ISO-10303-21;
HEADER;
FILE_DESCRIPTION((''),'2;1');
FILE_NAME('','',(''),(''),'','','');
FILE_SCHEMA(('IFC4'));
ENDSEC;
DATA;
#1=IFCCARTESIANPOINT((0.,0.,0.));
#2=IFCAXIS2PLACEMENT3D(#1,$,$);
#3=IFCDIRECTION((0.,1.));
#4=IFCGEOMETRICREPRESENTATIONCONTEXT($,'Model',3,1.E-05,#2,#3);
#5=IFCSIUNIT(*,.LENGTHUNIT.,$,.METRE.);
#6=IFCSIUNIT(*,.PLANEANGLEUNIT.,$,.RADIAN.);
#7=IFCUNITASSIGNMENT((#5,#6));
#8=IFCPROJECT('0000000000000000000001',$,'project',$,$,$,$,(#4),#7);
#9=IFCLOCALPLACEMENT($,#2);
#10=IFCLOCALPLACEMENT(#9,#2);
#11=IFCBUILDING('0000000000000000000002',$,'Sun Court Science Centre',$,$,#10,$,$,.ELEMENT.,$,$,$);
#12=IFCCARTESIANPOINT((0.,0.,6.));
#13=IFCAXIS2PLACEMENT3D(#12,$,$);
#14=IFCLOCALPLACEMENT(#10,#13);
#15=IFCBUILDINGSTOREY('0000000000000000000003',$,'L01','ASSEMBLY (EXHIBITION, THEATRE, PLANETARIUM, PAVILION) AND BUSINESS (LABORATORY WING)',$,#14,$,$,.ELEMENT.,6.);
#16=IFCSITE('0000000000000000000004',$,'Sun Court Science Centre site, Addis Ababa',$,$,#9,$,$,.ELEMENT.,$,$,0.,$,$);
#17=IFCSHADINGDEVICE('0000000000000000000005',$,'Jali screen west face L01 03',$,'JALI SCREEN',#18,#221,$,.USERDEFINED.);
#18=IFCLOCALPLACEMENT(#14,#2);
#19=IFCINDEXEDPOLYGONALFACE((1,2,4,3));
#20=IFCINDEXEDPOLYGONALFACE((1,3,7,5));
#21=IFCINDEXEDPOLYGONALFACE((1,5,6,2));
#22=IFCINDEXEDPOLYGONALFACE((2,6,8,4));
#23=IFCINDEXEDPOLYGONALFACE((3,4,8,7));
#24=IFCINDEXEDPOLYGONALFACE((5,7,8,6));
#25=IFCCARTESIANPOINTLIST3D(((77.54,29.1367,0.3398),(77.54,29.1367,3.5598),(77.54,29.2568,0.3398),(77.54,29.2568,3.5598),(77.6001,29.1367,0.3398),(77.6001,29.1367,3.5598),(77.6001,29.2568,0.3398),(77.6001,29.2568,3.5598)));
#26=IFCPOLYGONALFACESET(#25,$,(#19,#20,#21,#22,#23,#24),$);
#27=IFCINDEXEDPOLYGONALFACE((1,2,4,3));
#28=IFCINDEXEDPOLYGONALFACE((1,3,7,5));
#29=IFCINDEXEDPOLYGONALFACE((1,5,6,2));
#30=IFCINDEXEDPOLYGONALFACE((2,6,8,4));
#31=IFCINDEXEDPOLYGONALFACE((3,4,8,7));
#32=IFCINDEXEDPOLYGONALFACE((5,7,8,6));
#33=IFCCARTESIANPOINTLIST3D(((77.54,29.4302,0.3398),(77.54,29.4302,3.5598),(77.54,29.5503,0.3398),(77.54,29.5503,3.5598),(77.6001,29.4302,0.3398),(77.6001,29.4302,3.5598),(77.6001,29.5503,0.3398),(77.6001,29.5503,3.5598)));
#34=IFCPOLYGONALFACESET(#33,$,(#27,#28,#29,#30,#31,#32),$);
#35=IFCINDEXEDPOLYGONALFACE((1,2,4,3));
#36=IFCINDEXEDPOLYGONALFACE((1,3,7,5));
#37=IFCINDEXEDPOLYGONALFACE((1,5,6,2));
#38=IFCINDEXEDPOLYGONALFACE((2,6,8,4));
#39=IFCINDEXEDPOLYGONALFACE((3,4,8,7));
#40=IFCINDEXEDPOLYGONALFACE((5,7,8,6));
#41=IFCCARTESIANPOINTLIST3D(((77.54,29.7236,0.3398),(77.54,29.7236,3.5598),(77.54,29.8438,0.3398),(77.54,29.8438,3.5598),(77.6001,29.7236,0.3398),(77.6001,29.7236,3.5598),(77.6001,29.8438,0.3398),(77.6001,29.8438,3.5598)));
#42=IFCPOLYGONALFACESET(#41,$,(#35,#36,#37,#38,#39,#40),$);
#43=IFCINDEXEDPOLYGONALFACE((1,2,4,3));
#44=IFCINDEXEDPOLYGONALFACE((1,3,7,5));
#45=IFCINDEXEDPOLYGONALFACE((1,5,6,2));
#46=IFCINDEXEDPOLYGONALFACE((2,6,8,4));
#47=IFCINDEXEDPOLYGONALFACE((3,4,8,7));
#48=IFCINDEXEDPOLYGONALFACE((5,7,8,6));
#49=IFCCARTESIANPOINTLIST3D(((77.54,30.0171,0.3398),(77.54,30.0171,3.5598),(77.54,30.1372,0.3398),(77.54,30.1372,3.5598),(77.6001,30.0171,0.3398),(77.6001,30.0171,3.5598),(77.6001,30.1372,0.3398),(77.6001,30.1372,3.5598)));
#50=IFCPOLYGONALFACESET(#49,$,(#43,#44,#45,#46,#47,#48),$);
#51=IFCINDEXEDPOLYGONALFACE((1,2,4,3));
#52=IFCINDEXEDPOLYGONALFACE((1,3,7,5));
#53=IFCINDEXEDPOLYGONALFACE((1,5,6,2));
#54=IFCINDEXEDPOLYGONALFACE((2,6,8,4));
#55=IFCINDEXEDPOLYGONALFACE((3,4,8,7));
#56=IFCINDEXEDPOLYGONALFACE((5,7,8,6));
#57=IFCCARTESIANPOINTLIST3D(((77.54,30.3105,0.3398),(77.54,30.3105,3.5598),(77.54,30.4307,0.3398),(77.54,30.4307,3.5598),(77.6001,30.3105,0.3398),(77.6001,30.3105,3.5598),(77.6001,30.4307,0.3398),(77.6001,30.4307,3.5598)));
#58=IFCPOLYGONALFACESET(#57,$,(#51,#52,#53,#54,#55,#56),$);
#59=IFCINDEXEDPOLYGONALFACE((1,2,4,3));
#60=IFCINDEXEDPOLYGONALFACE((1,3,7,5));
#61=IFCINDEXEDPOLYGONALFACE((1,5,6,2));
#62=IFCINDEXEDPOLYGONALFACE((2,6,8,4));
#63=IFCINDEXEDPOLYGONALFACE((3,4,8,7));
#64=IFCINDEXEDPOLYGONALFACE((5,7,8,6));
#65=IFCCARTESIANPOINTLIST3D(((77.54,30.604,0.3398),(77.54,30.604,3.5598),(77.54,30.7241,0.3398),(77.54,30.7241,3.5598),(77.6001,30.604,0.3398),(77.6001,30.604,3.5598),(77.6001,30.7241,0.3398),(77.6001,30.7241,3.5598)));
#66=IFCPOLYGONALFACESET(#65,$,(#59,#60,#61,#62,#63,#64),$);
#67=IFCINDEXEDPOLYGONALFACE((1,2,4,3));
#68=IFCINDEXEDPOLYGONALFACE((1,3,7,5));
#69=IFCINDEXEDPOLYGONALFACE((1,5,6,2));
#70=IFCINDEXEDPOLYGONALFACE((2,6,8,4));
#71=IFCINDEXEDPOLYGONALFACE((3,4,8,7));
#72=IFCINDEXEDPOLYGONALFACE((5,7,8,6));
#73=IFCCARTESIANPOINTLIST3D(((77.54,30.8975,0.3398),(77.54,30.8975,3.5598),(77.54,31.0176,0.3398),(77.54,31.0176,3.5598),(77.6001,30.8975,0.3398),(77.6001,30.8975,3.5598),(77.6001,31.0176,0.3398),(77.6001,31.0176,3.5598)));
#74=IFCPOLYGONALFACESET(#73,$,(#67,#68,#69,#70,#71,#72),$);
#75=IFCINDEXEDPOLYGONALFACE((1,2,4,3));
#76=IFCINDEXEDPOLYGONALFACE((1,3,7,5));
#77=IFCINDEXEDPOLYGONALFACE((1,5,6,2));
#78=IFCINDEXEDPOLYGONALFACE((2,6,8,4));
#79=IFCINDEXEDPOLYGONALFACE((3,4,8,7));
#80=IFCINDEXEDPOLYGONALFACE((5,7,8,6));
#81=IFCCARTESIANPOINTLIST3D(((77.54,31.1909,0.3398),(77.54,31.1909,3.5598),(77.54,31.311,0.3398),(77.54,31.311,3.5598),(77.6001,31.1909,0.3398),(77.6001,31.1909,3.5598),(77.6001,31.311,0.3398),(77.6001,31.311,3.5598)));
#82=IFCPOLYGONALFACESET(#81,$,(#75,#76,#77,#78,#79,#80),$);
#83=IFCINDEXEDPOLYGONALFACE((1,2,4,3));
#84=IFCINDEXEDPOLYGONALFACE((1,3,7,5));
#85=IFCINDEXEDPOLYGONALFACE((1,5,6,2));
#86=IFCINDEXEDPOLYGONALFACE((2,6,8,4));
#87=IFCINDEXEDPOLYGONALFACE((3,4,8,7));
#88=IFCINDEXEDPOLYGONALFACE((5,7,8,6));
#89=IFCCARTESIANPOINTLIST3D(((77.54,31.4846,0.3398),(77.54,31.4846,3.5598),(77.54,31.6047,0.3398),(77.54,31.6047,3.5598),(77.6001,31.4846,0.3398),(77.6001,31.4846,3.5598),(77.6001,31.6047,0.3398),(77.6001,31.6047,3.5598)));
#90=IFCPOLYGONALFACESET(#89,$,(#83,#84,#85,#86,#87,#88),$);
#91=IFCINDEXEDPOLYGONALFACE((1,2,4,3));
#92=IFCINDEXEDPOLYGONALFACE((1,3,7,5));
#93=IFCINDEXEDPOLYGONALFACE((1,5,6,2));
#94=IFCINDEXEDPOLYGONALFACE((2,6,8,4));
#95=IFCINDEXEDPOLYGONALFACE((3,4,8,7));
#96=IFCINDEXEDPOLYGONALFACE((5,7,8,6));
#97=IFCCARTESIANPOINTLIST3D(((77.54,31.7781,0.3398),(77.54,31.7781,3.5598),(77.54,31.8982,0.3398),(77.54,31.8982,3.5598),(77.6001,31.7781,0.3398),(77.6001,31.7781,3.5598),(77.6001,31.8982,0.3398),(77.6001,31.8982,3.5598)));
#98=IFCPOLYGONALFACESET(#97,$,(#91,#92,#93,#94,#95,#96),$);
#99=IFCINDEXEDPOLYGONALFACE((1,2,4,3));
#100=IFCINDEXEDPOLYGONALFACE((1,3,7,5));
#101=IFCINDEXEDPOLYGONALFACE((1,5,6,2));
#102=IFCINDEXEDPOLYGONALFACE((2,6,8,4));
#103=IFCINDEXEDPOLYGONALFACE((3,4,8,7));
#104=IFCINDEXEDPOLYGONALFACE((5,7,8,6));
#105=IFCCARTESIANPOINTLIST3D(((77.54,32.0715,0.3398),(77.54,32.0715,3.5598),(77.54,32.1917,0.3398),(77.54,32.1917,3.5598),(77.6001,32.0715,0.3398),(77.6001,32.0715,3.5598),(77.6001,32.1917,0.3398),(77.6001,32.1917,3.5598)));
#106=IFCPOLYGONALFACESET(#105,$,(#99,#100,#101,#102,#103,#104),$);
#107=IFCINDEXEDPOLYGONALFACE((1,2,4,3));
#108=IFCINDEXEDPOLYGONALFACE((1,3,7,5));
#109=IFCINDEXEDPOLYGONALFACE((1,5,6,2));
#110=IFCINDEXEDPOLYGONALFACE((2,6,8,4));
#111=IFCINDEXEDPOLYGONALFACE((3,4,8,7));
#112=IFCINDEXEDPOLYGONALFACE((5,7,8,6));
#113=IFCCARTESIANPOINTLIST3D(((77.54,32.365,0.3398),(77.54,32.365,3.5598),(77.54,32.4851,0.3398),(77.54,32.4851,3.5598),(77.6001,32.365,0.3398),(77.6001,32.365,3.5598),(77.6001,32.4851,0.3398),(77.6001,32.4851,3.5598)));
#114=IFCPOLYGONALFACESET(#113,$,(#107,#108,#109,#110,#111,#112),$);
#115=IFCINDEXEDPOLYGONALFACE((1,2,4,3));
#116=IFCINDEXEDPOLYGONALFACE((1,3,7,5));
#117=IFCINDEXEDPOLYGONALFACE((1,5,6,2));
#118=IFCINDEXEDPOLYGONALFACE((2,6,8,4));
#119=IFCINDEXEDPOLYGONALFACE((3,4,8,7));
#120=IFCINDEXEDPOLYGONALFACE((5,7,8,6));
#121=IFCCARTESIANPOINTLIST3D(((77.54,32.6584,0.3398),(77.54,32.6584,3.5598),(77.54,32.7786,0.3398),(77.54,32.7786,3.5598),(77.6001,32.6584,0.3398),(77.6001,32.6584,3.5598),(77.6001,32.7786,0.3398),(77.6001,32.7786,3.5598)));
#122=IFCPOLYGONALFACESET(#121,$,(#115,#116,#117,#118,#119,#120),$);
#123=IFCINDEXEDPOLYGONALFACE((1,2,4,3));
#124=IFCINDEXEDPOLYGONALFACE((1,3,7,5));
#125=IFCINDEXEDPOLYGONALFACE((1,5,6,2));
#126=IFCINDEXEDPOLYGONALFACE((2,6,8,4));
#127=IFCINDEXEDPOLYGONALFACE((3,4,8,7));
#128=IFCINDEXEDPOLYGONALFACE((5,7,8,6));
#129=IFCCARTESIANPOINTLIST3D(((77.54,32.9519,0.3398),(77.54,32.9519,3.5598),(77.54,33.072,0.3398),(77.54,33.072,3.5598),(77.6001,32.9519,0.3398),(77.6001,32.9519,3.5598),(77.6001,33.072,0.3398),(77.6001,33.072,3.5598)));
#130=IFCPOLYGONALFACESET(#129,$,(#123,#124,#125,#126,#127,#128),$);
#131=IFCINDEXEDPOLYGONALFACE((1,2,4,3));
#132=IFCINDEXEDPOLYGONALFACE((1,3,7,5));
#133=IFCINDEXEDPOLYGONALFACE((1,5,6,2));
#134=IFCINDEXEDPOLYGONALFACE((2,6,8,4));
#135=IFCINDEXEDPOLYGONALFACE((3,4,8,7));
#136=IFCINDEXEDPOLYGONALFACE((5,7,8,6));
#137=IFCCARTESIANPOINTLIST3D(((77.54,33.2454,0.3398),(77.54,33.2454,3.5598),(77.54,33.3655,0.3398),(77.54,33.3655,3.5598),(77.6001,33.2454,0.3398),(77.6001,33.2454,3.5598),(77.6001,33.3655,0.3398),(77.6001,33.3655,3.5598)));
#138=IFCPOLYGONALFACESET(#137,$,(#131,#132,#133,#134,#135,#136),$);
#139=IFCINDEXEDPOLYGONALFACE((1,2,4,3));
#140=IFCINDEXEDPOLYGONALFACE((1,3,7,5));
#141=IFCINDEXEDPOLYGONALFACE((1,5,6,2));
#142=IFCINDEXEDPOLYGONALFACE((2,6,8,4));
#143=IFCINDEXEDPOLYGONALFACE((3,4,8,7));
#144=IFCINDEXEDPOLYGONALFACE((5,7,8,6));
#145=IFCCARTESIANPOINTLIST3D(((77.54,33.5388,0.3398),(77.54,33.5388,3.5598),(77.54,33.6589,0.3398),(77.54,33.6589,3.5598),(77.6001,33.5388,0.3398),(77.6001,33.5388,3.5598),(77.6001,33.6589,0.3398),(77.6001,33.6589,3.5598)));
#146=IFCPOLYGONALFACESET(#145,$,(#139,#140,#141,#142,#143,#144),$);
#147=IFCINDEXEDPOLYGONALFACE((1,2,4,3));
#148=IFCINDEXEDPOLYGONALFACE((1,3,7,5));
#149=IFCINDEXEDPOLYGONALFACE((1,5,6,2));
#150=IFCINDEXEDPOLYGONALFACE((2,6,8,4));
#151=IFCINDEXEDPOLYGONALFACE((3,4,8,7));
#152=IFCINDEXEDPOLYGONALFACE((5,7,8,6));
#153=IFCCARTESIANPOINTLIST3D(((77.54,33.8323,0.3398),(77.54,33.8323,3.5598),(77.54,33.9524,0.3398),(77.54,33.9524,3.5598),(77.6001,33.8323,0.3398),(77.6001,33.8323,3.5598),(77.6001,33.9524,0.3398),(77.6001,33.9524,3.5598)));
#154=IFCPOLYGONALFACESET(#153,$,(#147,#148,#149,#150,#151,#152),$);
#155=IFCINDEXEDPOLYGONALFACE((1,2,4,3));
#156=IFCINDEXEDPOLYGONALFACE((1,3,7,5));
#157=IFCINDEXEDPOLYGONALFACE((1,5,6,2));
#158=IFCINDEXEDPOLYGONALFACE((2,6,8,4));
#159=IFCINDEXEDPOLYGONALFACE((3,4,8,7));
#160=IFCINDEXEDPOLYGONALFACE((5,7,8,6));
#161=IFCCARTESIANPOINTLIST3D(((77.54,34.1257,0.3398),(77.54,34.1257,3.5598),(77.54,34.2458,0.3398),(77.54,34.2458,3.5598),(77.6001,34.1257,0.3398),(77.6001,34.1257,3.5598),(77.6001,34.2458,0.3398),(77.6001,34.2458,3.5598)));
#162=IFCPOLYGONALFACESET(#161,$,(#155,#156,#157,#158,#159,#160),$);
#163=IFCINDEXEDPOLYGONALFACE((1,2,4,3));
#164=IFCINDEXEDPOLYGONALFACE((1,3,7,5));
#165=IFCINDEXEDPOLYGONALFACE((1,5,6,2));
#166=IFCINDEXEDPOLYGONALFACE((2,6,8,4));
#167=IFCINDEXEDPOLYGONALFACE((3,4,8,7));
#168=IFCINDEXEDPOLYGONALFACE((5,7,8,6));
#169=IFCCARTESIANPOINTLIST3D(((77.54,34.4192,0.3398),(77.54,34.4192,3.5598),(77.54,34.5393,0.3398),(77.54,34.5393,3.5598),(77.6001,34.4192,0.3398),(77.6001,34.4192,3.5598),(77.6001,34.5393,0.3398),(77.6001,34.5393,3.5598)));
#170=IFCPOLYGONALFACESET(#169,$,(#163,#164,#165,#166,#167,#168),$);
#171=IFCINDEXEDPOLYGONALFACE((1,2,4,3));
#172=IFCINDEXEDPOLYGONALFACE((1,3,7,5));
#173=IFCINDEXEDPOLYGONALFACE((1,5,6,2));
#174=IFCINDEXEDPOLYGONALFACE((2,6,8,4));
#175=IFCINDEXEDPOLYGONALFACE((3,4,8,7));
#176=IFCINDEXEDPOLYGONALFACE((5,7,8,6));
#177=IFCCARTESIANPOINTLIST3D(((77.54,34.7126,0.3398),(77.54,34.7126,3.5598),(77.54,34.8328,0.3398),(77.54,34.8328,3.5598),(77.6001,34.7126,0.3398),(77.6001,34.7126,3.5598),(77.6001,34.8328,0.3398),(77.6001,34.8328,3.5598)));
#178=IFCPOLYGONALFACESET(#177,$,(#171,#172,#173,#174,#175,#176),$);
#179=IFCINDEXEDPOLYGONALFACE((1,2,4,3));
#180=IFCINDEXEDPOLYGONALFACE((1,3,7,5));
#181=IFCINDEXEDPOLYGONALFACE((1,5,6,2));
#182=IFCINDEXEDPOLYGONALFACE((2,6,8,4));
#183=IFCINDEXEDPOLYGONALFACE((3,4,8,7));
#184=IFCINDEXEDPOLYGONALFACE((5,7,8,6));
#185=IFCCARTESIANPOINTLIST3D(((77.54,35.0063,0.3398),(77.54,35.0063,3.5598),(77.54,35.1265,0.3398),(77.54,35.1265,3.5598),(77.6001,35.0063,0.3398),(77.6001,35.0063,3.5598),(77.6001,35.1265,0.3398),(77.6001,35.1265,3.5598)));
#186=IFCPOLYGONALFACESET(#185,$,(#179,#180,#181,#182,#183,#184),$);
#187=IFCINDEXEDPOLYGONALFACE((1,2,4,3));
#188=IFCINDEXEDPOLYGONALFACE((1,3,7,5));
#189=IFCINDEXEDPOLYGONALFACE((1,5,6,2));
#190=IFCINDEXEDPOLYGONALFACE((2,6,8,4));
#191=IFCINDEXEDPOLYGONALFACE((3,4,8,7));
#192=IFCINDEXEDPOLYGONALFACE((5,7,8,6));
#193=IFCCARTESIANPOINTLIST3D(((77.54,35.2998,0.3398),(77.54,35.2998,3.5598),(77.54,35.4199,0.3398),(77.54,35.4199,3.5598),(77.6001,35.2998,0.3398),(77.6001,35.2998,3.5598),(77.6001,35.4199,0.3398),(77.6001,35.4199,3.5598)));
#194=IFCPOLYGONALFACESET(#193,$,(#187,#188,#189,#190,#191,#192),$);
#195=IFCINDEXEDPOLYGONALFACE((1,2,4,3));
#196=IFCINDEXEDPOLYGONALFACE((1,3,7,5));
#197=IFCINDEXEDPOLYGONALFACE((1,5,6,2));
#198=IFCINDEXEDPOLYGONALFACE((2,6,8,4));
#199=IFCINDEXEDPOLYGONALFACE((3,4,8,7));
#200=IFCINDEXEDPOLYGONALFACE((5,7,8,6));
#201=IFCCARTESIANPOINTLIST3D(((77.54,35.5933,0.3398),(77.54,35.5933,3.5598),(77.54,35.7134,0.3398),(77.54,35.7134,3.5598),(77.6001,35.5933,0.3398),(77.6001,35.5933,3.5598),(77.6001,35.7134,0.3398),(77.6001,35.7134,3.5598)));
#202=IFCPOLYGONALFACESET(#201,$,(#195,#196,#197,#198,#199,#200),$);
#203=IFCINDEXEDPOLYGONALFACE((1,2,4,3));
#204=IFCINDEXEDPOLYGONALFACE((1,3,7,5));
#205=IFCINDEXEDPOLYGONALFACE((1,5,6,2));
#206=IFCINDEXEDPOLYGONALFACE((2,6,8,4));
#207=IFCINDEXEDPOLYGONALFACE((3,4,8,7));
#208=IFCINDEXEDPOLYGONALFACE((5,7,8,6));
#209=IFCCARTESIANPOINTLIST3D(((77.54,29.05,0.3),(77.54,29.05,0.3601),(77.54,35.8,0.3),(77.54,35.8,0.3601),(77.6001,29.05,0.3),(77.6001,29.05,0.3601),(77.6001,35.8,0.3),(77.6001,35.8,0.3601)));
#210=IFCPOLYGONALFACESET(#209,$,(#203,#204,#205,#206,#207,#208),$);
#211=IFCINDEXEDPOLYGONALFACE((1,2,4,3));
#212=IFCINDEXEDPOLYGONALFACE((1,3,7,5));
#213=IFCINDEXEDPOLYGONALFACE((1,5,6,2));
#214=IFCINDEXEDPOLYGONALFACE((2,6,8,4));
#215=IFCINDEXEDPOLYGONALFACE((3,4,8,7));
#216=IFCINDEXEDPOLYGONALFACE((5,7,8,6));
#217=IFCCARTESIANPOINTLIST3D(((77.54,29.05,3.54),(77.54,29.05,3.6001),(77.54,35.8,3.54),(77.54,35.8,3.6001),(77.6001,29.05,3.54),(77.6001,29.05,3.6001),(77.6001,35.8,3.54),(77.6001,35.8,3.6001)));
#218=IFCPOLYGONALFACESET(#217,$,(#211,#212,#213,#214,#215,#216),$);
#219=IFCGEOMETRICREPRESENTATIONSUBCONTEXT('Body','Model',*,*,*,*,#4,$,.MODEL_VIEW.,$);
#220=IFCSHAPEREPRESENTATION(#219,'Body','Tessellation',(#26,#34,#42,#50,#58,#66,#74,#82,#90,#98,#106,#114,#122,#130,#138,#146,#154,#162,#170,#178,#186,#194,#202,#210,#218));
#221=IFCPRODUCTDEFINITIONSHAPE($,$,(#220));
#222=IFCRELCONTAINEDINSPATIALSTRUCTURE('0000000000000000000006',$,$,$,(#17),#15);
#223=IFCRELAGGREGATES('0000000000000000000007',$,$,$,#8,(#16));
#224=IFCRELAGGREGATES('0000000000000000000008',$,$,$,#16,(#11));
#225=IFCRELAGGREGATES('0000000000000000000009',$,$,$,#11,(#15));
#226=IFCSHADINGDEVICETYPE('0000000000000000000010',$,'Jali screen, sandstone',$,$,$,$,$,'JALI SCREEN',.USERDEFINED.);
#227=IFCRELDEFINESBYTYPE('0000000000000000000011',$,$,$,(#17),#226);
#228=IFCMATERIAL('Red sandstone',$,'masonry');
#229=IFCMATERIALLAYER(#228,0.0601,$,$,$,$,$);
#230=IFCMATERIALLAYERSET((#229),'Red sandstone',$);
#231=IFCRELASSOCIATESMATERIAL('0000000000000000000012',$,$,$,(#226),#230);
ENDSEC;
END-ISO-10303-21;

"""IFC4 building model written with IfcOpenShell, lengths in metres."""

from ifc_helpers import new_model, si_unit, direction, frame, origin, origin_2d, place, context, subcontext, project, spatial, rectangle, extrude, material, layer, layer_set, type_object, element, save


model = new_model("IFC4")

# Units and contexts
model_context = context("Model", 3, precision=1e-05, world=origin(), true_north=direction((0.0, 1.0)))
body_context = subcontext(model_context, "Body", "Model", "MODEL_VIEW")
ifc_project = project(units=[si_unit("LENGTHUNIT", "METRE"), si_unit("PLANEANGLEUNIT", "RADIAN")], contexts=[model_context])

# Site, building, storey
site_placement = place(None, origin())
site = spatial("IfcSite", under=ifc_project, at=site_placement, Name="Sun Court Science Centre site, Addis Ababa", CompositionType="ELEMENT", RefElevation=0.0)
building_placement = place(site_placement, origin())
building = spatial("IfcBuilding", under=site, at=building_placement, Name="Sun Court Science Centre", CompositionType="ELEMENT")
storey_placement = place(building_placement, frame((0.0, 0.0, 6.0)))
storey = spatial("IfcBuildingStorey", under=building, at=storey_placement, Name="L01", Description="ASSEMBLY (EXHIBITION, THEATRE, PLANETARIUM, PAVILION) AND BUSINESS (LABORATORY WING)", CompositionType="ELEMENT", Elevation=6.0)

# Shading device
ifc_material_1 = material(Name="Red sandstone", Category="masonry")
ifc_layer_1 = layer(ifc_material_1, 0.0601)
ifc_layer_set_1 = layer_set([ifc_layer_1], Name="Red sandstone")
shading_device_type = type_object("IfcShadingDeviceType", Name="Jali screen, sandstone", ElementType="JALI SCREEN", PredefinedType="USERDEFINED", material=ifc_layer_set_1)
shading_device_1_placement = place(storey_placement, frame((0.0, 0.0, -6.0)))
element("IfcShadingDevice", 1, at=shading_device_1_placement, inside=storey, type_object=shading_device_type, Name="Jali screen west face L01 03", ObjectType="JALI SCREEN", PredefinedType="USERDEFINED", context=body_context, shape_type="SweptSolid", body=[
    extrude(rectangle(XDim=0.1201, YDim=0.0601, at=origin_2d()), frame((77.5701, 29.1968, 6.3398), z_axis=(0.0, 0.0, 1.0), x_axis=(0.0, 1.0, 0.0)), (0.0, 0.0, 1.0), 3.22),
    extrude(rectangle(XDim=0.1201, YDim=0.0601, at=origin_2d()), frame((77.5701, 29.4902, 6.3398), z_axis=(0.0, 0.0, 1.0), x_axis=(0.0, 1.0, 0.0)), (0.0, 0.0, 1.0), 3.22),
    extrude(rectangle(XDim=0.1201, YDim=0.0601, at=origin_2d()), frame((77.5701, 29.7837, 6.3398), z_axis=(0.0, 0.0, 1.0), x_axis=(0.0, 1.0, 0.0)), (0.0, 0.0, 1.0), 3.22),
    extrude(rectangle(XDim=0.1201, YDim=0.0601, at=origin_2d()), frame((77.5701, 30.0771, 6.3398), z_axis=(0.0, 0.0, 1.0), x_axis=(0.0, 1.0, 0.0)), (0.0, 0.0, 1.0), 3.22),
    extrude(rectangle(XDim=0.1201, YDim=0.0601, at=origin_2d()), frame((77.5701, 30.3706, 6.3398), z_axis=(0.0, 0.0, 1.0), x_axis=(0.0, 1.0, 0.0)), (0.0, 0.0, 1.0), 3.22),
    extrude(rectangle(XDim=0.1201, YDim=0.0601, at=origin_2d()), frame((77.5701, 30.6641, 6.3398), z_axis=(0.0, 0.0, 1.0), x_axis=(0.0, 1.0, 0.0)), (0.0, 0.0, 1.0), 3.22),
    extrude(rectangle(XDim=0.1201, YDim=0.0601, at=origin_2d()), frame((77.5701, 30.9575, 6.3398), z_axis=(0.0, 0.0, 1.0), x_axis=(0.0, 1.0, 0.0)), (0.0, 0.0, 1.0), 3.22),
    extrude(rectangle(XDim=0.1201, YDim=0.0601, at=origin_2d()), frame((77.5701, 31.251, 6.3398), z_axis=(0.0, 0.0, 1.0), x_axis=(0.0, 1.0, 0.0)), (0.0, 0.0, 1.0), 3.22),
    extrude(rectangle(XDim=0.1201, YDim=0.0601, at=origin_2d()), frame((77.5701, 31.5447, 6.3398), z_axis=(0.0, 0.0, 1.0), x_axis=(0.0, 1.0, 0.0)), (0.0, 0.0, 1.0), 3.22),
    extrude(rectangle(XDim=0.1201, YDim=0.0601, at=origin_2d()), frame((77.5701, 31.8381, 6.3398), z_axis=(0.0, 0.0, 1.0), x_axis=(0.0, 1.0, 0.0)), (0.0, 0.0, 1.0), 3.22),
    extrude(rectangle(XDim=0.1201, YDim=0.0601, at=origin_2d()), frame((77.5701, 32.1316, 6.3398), z_axis=(0.0, 0.0, 1.0), x_axis=(0.0, 1.0, 0.0)), (0.0, 0.0, 1.0), 3.22),
    extrude(rectangle(XDim=0.1201, YDim=0.0601, at=origin_2d()), frame((77.5701, 32.425, 6.3398), z_axis=(0.0, 0.0, 1.0), x_axis=(0.0, 1.0, 0.0)), (0.0, 0.0, 1.0), 3.22),
    extrude(rectangle(XDim=0.1201, YDim=0.0601, at=origin_2d()), frame((77.5701, 32.7185, 6.3398), z_axis=(0.0, 0.0, 1.0), x_axis=(0.0, 1.0, 0.0)), (0.0, 0.0, 1.0), 3.22),
    extrude(rectangle(XDim=0.1201, YDim=0.0601, at=origin_2d()), frame((77.5701, 33.012, 6.3398), z_axis=(0.0, 0.0, 1.0), x_axis=(0.0, 1.0, 0.0)), (0.0, 0.0, 1.0), 3.22),
    extrude(rectangle(XDim=0.1201, YDim=0.0601, at=origin_2d()), frame((77.5701, 33.3054, 6.3398), z_axis=(0.0, 0.0, 1.0), x_axis=(0.0, 1.0, 0.0)), (0.0, 0.0, 1.0), 3.22),
    extrude(rectangle(XDim=0.1201, YDim=0.0601, at=origin_2d()), frame((77.5701, 33.5989, 6.3398), z_axis=(0.0, 0.0, 1.0), x_axis=(0.0, 1.0, 0.0)), (0.0, 0.0, 1.0), 3.22),
    extrude(rectangle(XDim=0.1201, YDim=0.0601, at=origin_2d()), frame((77.5701, 33.8923, 6.3398), z_axis=(0.0, 0.0, 1.0), x_axis=(0.0, 1.0, 0.0)), (0.0, 0.0, 1.0), 3.22),
    extrude(rectangle(XDim=0.1201, YDim=0.0601, at=origin_2d()), frame((77.5701, 34.1858, 6.3398), z_axis=(0.0, 0.0, 1.0), x_axis=(0.0, 1.0, 0.0)), (0.0, 0.0, 1.0), 3.22),
    extrude(rectangle(XDim=0.1201, YDim=0.0601, at=origin_2d()), frame((77.5701, 34.4792, 6.3398), z_axis=(0.0, 0.0, 1.0), x_axis=(0.0, 1.0, 0.0)), (0.0, 0.0, 1.0), 3.22),
    extrude(rectangle(XDim=0.1201, YDim=0.0601, at=origin_2d()), frame((77.5701, 34.7727, 6.3398), z_axis=(0.0, 0.0, 1.0), x_axis=(0.0, 1.0, 0.0)), (0.0, 0.0, 1.0), 3.22),
    extrude(rectangle(XDim=0.1201, YDim=0.0601, at=origin_2d()), frame((77.5701, 35.0664, 6.3398), z_axis=(0.0, 0.0, 1.0), x_axis=(0.0, 1.0, 0.0)), (0.0, 0.0, 1.0), 3.22),
    extrude(rectangle(XDim=0.1201, YDim=0.0601, at=origin_2d()), frame((77.5701, 35.3599, 6.3398), z_axis=(0.0, 0.0, 1.0), x_axis=(0.0, 1.0, 0.0)), (0.0, 0.0, 1.0), 3.22),
    extrude(rectangle(XDim=0.1201, YDim=0.0601, at=origin_2d()), frame((77.5701, 35.6533, 6.3398), z_axis=(0.0, 0.0, 1.0), x_axis=(0.0, 1.0, 0.0)), (0.0, 0.0, 1.0), 3.22),
    extrude(rectangle(XDim=6.75, YDim=0.0601, at=origin_2d()), frame((77.5701, 32.425, 6.3), z_axis=(0.0, 0.0, 1.0), x_axis=(0.0, 1.0, 0.0)), (0.0, 0.0, 1.0), 0.0601),
    extrude(rectangle(XDim=6.75, YDim=0.0601, at=origin_2d()), frame((77.5701, 32.425, 9.54), z_axis=(0.0, 0.0, 1.0), x_axis=(0.0, 1.0, 0.0)), (0.0, 0.0, 1.0), 0.0601),
])

save(model, "model.ifc")
